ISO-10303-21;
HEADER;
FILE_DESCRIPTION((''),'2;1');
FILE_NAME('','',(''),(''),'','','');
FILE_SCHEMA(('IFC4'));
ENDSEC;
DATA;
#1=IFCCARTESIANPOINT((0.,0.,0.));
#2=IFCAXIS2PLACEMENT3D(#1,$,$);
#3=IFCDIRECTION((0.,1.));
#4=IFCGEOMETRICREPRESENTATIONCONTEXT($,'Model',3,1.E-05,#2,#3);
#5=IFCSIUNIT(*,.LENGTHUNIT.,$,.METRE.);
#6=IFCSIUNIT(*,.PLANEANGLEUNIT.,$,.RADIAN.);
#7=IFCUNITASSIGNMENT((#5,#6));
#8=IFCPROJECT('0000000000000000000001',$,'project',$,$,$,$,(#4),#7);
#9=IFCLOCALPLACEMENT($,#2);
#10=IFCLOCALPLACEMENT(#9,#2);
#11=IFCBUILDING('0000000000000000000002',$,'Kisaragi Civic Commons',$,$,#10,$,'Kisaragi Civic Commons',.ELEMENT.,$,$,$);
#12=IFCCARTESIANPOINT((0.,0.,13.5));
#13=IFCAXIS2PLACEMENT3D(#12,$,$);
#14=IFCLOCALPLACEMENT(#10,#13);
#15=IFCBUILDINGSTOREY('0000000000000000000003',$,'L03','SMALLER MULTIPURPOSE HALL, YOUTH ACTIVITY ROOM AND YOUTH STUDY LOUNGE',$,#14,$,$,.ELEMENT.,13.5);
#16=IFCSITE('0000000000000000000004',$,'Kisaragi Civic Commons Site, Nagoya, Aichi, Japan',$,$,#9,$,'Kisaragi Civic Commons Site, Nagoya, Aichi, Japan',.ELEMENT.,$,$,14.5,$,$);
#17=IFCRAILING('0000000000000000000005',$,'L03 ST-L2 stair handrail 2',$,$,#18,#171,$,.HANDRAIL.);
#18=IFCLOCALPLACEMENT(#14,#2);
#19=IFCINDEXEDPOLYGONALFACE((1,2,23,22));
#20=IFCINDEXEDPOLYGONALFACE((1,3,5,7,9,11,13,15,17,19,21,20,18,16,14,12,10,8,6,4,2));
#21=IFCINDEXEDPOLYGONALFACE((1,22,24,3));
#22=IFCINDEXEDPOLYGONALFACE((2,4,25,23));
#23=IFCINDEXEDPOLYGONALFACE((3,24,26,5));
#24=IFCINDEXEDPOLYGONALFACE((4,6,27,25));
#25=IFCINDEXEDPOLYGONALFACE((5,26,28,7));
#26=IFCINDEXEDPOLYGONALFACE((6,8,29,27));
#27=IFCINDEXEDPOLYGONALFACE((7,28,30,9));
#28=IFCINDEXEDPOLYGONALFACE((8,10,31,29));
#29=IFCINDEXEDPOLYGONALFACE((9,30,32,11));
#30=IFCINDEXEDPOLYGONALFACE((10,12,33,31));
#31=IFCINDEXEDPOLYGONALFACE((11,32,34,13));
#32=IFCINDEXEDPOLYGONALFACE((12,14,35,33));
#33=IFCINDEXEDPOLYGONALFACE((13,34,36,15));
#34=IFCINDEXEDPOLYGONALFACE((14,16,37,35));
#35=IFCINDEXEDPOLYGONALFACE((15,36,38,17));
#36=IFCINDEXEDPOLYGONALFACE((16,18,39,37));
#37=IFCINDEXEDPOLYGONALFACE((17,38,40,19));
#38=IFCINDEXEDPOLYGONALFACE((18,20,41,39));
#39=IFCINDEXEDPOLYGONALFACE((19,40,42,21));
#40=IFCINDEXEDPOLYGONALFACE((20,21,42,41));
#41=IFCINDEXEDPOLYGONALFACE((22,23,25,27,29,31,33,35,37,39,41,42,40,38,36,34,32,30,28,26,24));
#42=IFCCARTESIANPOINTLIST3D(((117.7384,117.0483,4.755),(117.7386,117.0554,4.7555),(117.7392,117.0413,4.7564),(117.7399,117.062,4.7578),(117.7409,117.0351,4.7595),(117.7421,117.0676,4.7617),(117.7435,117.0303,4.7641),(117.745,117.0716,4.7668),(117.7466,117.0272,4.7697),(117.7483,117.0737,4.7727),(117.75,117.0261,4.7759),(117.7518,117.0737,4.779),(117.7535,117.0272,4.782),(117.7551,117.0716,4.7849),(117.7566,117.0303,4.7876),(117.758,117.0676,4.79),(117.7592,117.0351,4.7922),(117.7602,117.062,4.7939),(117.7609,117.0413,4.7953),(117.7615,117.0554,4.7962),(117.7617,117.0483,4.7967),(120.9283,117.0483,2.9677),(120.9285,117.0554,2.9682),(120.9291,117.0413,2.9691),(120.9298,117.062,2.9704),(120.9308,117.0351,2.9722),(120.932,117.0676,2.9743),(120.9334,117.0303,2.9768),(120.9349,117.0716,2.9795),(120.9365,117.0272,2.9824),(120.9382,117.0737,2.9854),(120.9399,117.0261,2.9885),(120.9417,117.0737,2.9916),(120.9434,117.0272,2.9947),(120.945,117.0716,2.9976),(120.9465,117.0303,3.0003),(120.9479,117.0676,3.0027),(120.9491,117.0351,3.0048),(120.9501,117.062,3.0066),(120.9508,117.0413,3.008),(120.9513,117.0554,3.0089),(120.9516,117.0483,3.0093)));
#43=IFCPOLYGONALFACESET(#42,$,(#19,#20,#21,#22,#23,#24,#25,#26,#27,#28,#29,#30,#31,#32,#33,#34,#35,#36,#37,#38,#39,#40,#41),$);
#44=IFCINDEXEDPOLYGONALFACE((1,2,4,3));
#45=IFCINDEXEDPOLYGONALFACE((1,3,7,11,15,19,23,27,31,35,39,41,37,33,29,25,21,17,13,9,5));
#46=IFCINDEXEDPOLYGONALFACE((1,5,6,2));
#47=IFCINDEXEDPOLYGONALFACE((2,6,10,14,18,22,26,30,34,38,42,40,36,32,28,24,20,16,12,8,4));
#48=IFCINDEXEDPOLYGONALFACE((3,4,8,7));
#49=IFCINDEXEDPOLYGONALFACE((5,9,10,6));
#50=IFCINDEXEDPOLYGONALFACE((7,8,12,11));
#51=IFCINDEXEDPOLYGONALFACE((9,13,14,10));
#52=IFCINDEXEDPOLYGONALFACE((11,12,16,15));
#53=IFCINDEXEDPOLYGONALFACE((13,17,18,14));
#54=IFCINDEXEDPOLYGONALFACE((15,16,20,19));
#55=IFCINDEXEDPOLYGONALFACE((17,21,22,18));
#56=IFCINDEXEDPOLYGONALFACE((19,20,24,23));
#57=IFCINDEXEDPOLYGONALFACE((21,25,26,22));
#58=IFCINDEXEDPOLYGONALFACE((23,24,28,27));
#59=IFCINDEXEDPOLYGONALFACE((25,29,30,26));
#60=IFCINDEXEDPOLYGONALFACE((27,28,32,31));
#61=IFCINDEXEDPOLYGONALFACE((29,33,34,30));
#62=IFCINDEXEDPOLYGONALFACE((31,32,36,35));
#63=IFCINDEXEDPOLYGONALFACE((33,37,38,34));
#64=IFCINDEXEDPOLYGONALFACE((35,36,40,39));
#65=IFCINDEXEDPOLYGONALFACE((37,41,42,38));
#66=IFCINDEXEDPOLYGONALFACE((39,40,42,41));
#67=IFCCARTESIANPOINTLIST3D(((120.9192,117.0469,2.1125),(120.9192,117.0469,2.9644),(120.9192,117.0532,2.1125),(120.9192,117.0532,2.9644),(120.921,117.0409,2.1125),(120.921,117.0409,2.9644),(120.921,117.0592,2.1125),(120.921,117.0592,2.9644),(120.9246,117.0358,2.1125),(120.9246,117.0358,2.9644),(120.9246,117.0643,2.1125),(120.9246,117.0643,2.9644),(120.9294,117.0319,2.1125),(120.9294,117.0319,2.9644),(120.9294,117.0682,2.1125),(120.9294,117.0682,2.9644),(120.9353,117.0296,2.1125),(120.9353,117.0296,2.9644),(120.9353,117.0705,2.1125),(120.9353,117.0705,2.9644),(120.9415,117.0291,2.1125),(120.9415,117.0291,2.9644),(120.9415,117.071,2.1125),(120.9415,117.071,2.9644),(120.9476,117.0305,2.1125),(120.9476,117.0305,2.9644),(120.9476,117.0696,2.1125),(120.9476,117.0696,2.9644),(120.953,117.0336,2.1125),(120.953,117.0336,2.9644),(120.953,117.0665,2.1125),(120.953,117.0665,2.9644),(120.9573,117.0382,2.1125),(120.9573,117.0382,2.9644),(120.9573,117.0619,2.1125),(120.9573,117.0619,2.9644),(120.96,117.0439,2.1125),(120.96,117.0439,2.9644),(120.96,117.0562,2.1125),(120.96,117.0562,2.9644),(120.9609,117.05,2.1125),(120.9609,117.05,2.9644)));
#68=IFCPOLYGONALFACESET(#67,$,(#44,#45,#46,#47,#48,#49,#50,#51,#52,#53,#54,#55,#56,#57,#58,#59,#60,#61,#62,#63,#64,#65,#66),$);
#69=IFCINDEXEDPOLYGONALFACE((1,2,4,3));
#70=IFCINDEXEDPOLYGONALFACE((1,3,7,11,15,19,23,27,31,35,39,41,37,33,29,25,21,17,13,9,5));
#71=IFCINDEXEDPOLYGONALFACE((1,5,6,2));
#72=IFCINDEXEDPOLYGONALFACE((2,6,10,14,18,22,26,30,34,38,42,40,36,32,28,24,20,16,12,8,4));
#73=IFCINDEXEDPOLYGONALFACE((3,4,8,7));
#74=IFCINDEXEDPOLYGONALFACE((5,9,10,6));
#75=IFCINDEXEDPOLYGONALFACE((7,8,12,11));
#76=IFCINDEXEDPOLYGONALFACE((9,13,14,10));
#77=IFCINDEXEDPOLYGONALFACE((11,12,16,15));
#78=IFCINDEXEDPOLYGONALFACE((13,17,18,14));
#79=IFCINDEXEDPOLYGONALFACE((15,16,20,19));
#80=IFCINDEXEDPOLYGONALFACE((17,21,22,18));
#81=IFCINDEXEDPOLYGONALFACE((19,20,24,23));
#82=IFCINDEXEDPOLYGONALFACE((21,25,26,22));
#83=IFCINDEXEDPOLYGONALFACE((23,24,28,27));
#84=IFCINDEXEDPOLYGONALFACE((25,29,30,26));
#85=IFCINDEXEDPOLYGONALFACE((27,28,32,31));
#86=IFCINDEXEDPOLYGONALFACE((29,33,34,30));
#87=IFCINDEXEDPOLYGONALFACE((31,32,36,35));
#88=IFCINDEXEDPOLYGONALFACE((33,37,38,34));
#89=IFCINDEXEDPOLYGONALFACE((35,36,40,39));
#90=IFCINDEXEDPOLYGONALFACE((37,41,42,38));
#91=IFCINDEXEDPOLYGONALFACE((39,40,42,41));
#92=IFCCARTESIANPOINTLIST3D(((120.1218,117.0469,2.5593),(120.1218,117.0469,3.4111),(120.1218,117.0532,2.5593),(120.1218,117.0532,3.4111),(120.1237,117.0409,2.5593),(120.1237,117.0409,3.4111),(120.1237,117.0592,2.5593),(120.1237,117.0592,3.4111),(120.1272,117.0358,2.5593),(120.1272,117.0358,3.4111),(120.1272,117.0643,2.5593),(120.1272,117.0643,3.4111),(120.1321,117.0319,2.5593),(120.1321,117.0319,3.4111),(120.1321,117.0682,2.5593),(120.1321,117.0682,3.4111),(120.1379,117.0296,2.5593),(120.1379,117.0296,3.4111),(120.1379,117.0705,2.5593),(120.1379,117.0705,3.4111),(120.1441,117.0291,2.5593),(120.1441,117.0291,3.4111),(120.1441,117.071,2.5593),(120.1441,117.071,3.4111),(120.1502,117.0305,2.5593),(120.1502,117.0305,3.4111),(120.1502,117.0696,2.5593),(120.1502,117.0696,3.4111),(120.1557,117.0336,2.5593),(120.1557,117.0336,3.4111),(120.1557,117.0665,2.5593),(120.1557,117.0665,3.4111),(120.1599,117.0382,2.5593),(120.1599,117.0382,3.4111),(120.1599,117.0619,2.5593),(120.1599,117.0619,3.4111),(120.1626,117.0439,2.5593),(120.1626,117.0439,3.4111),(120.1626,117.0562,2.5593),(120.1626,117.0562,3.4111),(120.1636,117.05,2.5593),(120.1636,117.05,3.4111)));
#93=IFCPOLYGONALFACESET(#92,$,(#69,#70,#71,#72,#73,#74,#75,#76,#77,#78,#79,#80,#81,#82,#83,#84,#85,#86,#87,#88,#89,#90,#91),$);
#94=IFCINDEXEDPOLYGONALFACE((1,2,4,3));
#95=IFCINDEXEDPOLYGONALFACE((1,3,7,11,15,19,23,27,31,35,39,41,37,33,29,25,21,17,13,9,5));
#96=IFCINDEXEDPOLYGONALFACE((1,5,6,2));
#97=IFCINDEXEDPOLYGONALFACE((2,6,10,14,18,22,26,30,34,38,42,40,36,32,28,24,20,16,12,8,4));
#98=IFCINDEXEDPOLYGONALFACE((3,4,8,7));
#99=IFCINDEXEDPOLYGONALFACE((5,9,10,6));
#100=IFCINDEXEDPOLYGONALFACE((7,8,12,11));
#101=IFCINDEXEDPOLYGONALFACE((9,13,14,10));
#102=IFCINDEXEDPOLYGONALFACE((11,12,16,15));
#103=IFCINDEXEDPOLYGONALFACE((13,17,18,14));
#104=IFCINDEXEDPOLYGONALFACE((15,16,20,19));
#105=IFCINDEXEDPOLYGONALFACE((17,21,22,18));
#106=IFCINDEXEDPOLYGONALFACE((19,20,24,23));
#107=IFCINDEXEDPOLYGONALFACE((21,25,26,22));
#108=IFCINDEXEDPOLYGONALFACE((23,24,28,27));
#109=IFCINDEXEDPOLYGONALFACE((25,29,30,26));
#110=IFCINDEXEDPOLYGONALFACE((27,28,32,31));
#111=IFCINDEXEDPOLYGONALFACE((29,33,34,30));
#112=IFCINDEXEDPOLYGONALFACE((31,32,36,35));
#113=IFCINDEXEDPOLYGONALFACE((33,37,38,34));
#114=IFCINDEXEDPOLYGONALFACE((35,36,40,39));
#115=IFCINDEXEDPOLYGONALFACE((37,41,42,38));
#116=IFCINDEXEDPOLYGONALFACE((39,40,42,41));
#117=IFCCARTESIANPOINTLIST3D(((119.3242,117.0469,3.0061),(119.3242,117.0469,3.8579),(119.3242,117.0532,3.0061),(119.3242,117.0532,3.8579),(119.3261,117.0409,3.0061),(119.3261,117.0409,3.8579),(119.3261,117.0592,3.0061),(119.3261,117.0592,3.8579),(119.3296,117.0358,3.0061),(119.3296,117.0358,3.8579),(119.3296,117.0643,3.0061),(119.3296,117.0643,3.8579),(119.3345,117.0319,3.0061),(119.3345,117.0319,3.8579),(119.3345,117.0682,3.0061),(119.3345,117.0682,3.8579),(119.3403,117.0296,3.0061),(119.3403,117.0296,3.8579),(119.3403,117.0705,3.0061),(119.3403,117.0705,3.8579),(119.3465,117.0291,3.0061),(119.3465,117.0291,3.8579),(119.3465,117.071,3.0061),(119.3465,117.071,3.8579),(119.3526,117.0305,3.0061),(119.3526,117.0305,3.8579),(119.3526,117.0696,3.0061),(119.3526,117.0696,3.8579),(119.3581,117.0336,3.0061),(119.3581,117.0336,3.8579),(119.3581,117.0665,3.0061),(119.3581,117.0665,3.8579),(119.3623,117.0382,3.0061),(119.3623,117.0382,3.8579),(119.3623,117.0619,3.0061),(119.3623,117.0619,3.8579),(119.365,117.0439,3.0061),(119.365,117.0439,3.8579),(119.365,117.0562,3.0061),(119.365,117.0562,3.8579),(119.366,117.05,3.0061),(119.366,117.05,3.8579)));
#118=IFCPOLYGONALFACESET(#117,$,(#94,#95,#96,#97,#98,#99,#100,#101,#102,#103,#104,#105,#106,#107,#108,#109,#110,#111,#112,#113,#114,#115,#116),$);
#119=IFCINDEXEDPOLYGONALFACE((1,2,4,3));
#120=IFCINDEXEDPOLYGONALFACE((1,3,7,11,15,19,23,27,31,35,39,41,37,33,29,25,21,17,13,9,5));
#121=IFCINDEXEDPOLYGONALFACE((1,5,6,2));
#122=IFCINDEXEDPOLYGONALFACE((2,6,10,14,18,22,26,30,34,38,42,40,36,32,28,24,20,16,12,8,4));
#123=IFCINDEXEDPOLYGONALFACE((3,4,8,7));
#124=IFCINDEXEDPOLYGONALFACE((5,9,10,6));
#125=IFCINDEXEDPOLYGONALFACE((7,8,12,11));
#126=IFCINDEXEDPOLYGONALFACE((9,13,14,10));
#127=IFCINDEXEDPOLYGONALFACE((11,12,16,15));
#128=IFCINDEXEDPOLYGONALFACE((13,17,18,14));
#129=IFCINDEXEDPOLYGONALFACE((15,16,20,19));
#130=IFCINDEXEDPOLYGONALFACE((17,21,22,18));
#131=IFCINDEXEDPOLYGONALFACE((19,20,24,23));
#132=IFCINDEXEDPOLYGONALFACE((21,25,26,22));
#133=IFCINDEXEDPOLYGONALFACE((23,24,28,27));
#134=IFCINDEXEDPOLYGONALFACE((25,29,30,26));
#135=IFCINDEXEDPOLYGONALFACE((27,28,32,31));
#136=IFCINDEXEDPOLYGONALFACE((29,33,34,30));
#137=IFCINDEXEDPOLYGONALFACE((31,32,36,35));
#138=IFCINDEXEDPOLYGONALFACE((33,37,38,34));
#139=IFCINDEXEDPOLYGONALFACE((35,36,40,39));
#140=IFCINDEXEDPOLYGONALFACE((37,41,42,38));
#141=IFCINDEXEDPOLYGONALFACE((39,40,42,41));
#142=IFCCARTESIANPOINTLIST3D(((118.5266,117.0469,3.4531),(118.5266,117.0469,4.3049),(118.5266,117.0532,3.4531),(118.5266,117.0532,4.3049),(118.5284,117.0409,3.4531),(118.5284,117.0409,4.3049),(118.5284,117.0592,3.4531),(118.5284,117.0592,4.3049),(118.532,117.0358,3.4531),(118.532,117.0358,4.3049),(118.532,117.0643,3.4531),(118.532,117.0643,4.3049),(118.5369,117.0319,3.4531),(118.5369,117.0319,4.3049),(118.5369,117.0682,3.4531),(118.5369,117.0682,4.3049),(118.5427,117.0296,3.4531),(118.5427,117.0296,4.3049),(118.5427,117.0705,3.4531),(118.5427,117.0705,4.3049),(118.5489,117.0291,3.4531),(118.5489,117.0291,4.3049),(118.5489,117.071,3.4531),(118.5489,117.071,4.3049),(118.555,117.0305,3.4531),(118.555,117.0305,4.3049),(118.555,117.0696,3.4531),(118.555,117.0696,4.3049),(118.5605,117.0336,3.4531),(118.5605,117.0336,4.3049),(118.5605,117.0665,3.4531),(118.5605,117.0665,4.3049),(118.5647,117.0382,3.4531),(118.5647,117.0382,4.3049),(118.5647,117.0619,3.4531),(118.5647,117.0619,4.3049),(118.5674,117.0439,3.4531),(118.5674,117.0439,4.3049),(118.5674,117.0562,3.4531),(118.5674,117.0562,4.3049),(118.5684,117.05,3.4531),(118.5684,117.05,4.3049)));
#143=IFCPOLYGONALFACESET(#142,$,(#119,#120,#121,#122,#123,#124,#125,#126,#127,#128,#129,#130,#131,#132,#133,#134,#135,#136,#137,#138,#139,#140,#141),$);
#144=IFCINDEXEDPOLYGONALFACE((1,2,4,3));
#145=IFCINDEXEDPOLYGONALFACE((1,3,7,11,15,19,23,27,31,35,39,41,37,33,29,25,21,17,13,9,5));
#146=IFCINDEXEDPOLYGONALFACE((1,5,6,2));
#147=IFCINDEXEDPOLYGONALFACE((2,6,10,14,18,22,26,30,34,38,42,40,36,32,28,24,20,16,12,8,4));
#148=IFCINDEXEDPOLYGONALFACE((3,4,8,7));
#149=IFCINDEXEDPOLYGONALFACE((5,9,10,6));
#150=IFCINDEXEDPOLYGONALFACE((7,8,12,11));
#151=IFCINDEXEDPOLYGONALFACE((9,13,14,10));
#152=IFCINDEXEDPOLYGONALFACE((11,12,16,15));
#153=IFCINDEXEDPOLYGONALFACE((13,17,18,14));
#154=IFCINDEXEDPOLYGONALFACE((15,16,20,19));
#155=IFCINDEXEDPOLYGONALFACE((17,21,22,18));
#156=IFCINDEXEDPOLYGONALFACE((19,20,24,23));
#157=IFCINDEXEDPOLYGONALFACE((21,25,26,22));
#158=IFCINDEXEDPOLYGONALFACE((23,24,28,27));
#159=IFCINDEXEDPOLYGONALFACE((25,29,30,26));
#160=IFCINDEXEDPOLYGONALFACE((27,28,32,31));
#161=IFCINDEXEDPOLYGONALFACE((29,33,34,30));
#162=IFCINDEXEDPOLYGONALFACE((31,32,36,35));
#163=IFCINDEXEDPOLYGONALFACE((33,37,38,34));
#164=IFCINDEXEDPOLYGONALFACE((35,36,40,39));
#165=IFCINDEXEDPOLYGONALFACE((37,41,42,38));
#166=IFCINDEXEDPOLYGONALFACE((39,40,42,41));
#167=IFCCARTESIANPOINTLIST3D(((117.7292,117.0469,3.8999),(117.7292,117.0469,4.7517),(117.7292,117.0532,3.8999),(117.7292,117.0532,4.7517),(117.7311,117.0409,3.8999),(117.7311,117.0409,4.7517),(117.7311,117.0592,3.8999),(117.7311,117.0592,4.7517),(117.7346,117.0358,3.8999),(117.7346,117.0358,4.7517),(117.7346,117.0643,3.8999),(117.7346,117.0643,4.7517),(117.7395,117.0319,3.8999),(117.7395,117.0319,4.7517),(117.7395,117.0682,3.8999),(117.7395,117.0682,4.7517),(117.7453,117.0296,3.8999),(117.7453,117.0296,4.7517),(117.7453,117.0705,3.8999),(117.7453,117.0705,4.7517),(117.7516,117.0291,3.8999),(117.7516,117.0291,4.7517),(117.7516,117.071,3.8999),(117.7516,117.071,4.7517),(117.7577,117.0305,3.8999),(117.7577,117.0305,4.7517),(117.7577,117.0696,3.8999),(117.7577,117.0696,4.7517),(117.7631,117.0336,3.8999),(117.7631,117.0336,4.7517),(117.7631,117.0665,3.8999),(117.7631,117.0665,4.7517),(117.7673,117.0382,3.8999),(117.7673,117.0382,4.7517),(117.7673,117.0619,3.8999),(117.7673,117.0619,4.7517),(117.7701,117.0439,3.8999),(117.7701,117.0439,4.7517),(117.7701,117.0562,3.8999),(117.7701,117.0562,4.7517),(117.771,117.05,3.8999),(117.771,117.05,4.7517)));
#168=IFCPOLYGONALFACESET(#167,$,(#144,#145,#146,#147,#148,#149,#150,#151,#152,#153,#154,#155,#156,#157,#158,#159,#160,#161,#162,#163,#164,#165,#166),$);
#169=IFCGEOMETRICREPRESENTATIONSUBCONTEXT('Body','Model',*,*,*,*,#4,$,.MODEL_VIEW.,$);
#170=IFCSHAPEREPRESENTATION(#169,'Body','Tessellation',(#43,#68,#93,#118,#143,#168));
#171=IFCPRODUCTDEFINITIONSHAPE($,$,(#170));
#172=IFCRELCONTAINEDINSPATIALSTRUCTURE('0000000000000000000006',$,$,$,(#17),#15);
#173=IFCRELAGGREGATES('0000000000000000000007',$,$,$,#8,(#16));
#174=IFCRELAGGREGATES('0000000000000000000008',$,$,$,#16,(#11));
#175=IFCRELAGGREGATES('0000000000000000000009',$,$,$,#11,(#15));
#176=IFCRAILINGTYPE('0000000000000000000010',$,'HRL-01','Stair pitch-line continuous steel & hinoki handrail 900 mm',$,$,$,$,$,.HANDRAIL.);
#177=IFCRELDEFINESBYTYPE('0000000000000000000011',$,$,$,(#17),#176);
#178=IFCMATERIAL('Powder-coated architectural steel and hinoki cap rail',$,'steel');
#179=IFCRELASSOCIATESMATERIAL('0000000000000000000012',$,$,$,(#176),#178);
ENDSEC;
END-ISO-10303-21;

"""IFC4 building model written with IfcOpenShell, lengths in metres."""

from ifc_helpers import new_model, si_unit, direction, frame, origin, origin_2d, place, context, subcontext, project, spatial, circle, extrude, material, type_object, element, save


model = new_model("IFC4")

# Units and contexts
model_context = context("Model", 3, precision=1e-05, world=origin(), true_north=direction((0.0, 1.0)))
body_context = subcontext(model_context, "Body", "Model", "MODEL_VIEW")
ifc_project = project(units=[si_unit("LENGTHUNIT", "METRE"), si_unit("PLANEANGLEUNIT", "RADIAN")], contexts=[model_context])

# Site, building, storey
site_placement = place(None, origin())
site = spatial("IfcSite", under=ifc_project, at=site_placement, Name="Kisaragi Civic Commons Site, Nagoya, Aichi, Japan", LongName="Kisaragi Civic Commons Site, Nagoya, Aichi, Japan", CompositionType="ELEMENT", RefElevation=14.5)
building_placement = place(site_placement, origin())
building = spatial("IfcBuilding", under=site, at=building_placement, Name="Kisaragi Civic Commons", LongName="Kisaragi Civic Commons", CompositionType="ELEMENT")
storey_placement = place(building_placement, frame((0.0, 0.0, 13.5)))
storey = spatial("IfcBuildingStorey", under=building, at=storey_placement, Name="L03", Description="SMALLER MULTIPURPOSE HALL, YOUTH ACTIVITY ROOM AND YOUTH STUDY LOUNGE", CompositionType="ELEMENT", Elevation=13.5)

# Railing
ifc_material_1 = material(Name="Powder-coated architectural steel and hinoki cap rail", Category="steel")
railing_type_1 = type_object("IfcRailingType", Name="HRL-01", Description="Stair pitch-line continuous steel & hinoki handrail 900 mm", PredefinedType="HANDRAIL", material=ifc_material_1)
railing_1_placement = place(storey_placement, frame((120.9399, 117.05, 2.1125)))
element("IfcRailing", 1, at=railing_1_placement, inside=storey, type_object=railing_type_1, Name="L03 ST-L2 stair handrail 2", PredefinedType="HANDRAIL", context=body_context, shape_type="SweptSolid", body=[
    extrude(circle(Radius=0.0239, at=origin_2d()), frame((0.0, 0.0, 0.876), z_axis=(-0.872391, 0.0, 0.488809), x_axis=(0.0, -1.0, 0.0)), (0.0, 0.0, 1.0), 3.6565),
    extrude(circle(Radius=0.021, at=origin_2d()), origin(), (0.0, 0.0, 1.0), 0.8518),
    extrude(circle(Radius=0.021, at=origin_2d()), frame((-0.7974, 0.0, 0.4468)), (0.0, 0.0, 1.0), 0.8518),
    extrude(circle(Radius=0.021, at=origin_2d()), frame((-1.595, 0.0, 0.8936)), (0.0, 0.0, 1.0), 0.8518),
    extrude(circle(Radius=0.021, at=origin_2d()), frame((-2.3926, 0.0, 1.3406)), (0.0, 0.0, 1.0), 0.8518),
    extrude(circle(Radius=0.021, at=origin_2d()), frame((-3.1899, 0.0, 1.7874)), (0.0, 0.0, 1.0), 0.8518),
])

save(model, "model.ifc")
